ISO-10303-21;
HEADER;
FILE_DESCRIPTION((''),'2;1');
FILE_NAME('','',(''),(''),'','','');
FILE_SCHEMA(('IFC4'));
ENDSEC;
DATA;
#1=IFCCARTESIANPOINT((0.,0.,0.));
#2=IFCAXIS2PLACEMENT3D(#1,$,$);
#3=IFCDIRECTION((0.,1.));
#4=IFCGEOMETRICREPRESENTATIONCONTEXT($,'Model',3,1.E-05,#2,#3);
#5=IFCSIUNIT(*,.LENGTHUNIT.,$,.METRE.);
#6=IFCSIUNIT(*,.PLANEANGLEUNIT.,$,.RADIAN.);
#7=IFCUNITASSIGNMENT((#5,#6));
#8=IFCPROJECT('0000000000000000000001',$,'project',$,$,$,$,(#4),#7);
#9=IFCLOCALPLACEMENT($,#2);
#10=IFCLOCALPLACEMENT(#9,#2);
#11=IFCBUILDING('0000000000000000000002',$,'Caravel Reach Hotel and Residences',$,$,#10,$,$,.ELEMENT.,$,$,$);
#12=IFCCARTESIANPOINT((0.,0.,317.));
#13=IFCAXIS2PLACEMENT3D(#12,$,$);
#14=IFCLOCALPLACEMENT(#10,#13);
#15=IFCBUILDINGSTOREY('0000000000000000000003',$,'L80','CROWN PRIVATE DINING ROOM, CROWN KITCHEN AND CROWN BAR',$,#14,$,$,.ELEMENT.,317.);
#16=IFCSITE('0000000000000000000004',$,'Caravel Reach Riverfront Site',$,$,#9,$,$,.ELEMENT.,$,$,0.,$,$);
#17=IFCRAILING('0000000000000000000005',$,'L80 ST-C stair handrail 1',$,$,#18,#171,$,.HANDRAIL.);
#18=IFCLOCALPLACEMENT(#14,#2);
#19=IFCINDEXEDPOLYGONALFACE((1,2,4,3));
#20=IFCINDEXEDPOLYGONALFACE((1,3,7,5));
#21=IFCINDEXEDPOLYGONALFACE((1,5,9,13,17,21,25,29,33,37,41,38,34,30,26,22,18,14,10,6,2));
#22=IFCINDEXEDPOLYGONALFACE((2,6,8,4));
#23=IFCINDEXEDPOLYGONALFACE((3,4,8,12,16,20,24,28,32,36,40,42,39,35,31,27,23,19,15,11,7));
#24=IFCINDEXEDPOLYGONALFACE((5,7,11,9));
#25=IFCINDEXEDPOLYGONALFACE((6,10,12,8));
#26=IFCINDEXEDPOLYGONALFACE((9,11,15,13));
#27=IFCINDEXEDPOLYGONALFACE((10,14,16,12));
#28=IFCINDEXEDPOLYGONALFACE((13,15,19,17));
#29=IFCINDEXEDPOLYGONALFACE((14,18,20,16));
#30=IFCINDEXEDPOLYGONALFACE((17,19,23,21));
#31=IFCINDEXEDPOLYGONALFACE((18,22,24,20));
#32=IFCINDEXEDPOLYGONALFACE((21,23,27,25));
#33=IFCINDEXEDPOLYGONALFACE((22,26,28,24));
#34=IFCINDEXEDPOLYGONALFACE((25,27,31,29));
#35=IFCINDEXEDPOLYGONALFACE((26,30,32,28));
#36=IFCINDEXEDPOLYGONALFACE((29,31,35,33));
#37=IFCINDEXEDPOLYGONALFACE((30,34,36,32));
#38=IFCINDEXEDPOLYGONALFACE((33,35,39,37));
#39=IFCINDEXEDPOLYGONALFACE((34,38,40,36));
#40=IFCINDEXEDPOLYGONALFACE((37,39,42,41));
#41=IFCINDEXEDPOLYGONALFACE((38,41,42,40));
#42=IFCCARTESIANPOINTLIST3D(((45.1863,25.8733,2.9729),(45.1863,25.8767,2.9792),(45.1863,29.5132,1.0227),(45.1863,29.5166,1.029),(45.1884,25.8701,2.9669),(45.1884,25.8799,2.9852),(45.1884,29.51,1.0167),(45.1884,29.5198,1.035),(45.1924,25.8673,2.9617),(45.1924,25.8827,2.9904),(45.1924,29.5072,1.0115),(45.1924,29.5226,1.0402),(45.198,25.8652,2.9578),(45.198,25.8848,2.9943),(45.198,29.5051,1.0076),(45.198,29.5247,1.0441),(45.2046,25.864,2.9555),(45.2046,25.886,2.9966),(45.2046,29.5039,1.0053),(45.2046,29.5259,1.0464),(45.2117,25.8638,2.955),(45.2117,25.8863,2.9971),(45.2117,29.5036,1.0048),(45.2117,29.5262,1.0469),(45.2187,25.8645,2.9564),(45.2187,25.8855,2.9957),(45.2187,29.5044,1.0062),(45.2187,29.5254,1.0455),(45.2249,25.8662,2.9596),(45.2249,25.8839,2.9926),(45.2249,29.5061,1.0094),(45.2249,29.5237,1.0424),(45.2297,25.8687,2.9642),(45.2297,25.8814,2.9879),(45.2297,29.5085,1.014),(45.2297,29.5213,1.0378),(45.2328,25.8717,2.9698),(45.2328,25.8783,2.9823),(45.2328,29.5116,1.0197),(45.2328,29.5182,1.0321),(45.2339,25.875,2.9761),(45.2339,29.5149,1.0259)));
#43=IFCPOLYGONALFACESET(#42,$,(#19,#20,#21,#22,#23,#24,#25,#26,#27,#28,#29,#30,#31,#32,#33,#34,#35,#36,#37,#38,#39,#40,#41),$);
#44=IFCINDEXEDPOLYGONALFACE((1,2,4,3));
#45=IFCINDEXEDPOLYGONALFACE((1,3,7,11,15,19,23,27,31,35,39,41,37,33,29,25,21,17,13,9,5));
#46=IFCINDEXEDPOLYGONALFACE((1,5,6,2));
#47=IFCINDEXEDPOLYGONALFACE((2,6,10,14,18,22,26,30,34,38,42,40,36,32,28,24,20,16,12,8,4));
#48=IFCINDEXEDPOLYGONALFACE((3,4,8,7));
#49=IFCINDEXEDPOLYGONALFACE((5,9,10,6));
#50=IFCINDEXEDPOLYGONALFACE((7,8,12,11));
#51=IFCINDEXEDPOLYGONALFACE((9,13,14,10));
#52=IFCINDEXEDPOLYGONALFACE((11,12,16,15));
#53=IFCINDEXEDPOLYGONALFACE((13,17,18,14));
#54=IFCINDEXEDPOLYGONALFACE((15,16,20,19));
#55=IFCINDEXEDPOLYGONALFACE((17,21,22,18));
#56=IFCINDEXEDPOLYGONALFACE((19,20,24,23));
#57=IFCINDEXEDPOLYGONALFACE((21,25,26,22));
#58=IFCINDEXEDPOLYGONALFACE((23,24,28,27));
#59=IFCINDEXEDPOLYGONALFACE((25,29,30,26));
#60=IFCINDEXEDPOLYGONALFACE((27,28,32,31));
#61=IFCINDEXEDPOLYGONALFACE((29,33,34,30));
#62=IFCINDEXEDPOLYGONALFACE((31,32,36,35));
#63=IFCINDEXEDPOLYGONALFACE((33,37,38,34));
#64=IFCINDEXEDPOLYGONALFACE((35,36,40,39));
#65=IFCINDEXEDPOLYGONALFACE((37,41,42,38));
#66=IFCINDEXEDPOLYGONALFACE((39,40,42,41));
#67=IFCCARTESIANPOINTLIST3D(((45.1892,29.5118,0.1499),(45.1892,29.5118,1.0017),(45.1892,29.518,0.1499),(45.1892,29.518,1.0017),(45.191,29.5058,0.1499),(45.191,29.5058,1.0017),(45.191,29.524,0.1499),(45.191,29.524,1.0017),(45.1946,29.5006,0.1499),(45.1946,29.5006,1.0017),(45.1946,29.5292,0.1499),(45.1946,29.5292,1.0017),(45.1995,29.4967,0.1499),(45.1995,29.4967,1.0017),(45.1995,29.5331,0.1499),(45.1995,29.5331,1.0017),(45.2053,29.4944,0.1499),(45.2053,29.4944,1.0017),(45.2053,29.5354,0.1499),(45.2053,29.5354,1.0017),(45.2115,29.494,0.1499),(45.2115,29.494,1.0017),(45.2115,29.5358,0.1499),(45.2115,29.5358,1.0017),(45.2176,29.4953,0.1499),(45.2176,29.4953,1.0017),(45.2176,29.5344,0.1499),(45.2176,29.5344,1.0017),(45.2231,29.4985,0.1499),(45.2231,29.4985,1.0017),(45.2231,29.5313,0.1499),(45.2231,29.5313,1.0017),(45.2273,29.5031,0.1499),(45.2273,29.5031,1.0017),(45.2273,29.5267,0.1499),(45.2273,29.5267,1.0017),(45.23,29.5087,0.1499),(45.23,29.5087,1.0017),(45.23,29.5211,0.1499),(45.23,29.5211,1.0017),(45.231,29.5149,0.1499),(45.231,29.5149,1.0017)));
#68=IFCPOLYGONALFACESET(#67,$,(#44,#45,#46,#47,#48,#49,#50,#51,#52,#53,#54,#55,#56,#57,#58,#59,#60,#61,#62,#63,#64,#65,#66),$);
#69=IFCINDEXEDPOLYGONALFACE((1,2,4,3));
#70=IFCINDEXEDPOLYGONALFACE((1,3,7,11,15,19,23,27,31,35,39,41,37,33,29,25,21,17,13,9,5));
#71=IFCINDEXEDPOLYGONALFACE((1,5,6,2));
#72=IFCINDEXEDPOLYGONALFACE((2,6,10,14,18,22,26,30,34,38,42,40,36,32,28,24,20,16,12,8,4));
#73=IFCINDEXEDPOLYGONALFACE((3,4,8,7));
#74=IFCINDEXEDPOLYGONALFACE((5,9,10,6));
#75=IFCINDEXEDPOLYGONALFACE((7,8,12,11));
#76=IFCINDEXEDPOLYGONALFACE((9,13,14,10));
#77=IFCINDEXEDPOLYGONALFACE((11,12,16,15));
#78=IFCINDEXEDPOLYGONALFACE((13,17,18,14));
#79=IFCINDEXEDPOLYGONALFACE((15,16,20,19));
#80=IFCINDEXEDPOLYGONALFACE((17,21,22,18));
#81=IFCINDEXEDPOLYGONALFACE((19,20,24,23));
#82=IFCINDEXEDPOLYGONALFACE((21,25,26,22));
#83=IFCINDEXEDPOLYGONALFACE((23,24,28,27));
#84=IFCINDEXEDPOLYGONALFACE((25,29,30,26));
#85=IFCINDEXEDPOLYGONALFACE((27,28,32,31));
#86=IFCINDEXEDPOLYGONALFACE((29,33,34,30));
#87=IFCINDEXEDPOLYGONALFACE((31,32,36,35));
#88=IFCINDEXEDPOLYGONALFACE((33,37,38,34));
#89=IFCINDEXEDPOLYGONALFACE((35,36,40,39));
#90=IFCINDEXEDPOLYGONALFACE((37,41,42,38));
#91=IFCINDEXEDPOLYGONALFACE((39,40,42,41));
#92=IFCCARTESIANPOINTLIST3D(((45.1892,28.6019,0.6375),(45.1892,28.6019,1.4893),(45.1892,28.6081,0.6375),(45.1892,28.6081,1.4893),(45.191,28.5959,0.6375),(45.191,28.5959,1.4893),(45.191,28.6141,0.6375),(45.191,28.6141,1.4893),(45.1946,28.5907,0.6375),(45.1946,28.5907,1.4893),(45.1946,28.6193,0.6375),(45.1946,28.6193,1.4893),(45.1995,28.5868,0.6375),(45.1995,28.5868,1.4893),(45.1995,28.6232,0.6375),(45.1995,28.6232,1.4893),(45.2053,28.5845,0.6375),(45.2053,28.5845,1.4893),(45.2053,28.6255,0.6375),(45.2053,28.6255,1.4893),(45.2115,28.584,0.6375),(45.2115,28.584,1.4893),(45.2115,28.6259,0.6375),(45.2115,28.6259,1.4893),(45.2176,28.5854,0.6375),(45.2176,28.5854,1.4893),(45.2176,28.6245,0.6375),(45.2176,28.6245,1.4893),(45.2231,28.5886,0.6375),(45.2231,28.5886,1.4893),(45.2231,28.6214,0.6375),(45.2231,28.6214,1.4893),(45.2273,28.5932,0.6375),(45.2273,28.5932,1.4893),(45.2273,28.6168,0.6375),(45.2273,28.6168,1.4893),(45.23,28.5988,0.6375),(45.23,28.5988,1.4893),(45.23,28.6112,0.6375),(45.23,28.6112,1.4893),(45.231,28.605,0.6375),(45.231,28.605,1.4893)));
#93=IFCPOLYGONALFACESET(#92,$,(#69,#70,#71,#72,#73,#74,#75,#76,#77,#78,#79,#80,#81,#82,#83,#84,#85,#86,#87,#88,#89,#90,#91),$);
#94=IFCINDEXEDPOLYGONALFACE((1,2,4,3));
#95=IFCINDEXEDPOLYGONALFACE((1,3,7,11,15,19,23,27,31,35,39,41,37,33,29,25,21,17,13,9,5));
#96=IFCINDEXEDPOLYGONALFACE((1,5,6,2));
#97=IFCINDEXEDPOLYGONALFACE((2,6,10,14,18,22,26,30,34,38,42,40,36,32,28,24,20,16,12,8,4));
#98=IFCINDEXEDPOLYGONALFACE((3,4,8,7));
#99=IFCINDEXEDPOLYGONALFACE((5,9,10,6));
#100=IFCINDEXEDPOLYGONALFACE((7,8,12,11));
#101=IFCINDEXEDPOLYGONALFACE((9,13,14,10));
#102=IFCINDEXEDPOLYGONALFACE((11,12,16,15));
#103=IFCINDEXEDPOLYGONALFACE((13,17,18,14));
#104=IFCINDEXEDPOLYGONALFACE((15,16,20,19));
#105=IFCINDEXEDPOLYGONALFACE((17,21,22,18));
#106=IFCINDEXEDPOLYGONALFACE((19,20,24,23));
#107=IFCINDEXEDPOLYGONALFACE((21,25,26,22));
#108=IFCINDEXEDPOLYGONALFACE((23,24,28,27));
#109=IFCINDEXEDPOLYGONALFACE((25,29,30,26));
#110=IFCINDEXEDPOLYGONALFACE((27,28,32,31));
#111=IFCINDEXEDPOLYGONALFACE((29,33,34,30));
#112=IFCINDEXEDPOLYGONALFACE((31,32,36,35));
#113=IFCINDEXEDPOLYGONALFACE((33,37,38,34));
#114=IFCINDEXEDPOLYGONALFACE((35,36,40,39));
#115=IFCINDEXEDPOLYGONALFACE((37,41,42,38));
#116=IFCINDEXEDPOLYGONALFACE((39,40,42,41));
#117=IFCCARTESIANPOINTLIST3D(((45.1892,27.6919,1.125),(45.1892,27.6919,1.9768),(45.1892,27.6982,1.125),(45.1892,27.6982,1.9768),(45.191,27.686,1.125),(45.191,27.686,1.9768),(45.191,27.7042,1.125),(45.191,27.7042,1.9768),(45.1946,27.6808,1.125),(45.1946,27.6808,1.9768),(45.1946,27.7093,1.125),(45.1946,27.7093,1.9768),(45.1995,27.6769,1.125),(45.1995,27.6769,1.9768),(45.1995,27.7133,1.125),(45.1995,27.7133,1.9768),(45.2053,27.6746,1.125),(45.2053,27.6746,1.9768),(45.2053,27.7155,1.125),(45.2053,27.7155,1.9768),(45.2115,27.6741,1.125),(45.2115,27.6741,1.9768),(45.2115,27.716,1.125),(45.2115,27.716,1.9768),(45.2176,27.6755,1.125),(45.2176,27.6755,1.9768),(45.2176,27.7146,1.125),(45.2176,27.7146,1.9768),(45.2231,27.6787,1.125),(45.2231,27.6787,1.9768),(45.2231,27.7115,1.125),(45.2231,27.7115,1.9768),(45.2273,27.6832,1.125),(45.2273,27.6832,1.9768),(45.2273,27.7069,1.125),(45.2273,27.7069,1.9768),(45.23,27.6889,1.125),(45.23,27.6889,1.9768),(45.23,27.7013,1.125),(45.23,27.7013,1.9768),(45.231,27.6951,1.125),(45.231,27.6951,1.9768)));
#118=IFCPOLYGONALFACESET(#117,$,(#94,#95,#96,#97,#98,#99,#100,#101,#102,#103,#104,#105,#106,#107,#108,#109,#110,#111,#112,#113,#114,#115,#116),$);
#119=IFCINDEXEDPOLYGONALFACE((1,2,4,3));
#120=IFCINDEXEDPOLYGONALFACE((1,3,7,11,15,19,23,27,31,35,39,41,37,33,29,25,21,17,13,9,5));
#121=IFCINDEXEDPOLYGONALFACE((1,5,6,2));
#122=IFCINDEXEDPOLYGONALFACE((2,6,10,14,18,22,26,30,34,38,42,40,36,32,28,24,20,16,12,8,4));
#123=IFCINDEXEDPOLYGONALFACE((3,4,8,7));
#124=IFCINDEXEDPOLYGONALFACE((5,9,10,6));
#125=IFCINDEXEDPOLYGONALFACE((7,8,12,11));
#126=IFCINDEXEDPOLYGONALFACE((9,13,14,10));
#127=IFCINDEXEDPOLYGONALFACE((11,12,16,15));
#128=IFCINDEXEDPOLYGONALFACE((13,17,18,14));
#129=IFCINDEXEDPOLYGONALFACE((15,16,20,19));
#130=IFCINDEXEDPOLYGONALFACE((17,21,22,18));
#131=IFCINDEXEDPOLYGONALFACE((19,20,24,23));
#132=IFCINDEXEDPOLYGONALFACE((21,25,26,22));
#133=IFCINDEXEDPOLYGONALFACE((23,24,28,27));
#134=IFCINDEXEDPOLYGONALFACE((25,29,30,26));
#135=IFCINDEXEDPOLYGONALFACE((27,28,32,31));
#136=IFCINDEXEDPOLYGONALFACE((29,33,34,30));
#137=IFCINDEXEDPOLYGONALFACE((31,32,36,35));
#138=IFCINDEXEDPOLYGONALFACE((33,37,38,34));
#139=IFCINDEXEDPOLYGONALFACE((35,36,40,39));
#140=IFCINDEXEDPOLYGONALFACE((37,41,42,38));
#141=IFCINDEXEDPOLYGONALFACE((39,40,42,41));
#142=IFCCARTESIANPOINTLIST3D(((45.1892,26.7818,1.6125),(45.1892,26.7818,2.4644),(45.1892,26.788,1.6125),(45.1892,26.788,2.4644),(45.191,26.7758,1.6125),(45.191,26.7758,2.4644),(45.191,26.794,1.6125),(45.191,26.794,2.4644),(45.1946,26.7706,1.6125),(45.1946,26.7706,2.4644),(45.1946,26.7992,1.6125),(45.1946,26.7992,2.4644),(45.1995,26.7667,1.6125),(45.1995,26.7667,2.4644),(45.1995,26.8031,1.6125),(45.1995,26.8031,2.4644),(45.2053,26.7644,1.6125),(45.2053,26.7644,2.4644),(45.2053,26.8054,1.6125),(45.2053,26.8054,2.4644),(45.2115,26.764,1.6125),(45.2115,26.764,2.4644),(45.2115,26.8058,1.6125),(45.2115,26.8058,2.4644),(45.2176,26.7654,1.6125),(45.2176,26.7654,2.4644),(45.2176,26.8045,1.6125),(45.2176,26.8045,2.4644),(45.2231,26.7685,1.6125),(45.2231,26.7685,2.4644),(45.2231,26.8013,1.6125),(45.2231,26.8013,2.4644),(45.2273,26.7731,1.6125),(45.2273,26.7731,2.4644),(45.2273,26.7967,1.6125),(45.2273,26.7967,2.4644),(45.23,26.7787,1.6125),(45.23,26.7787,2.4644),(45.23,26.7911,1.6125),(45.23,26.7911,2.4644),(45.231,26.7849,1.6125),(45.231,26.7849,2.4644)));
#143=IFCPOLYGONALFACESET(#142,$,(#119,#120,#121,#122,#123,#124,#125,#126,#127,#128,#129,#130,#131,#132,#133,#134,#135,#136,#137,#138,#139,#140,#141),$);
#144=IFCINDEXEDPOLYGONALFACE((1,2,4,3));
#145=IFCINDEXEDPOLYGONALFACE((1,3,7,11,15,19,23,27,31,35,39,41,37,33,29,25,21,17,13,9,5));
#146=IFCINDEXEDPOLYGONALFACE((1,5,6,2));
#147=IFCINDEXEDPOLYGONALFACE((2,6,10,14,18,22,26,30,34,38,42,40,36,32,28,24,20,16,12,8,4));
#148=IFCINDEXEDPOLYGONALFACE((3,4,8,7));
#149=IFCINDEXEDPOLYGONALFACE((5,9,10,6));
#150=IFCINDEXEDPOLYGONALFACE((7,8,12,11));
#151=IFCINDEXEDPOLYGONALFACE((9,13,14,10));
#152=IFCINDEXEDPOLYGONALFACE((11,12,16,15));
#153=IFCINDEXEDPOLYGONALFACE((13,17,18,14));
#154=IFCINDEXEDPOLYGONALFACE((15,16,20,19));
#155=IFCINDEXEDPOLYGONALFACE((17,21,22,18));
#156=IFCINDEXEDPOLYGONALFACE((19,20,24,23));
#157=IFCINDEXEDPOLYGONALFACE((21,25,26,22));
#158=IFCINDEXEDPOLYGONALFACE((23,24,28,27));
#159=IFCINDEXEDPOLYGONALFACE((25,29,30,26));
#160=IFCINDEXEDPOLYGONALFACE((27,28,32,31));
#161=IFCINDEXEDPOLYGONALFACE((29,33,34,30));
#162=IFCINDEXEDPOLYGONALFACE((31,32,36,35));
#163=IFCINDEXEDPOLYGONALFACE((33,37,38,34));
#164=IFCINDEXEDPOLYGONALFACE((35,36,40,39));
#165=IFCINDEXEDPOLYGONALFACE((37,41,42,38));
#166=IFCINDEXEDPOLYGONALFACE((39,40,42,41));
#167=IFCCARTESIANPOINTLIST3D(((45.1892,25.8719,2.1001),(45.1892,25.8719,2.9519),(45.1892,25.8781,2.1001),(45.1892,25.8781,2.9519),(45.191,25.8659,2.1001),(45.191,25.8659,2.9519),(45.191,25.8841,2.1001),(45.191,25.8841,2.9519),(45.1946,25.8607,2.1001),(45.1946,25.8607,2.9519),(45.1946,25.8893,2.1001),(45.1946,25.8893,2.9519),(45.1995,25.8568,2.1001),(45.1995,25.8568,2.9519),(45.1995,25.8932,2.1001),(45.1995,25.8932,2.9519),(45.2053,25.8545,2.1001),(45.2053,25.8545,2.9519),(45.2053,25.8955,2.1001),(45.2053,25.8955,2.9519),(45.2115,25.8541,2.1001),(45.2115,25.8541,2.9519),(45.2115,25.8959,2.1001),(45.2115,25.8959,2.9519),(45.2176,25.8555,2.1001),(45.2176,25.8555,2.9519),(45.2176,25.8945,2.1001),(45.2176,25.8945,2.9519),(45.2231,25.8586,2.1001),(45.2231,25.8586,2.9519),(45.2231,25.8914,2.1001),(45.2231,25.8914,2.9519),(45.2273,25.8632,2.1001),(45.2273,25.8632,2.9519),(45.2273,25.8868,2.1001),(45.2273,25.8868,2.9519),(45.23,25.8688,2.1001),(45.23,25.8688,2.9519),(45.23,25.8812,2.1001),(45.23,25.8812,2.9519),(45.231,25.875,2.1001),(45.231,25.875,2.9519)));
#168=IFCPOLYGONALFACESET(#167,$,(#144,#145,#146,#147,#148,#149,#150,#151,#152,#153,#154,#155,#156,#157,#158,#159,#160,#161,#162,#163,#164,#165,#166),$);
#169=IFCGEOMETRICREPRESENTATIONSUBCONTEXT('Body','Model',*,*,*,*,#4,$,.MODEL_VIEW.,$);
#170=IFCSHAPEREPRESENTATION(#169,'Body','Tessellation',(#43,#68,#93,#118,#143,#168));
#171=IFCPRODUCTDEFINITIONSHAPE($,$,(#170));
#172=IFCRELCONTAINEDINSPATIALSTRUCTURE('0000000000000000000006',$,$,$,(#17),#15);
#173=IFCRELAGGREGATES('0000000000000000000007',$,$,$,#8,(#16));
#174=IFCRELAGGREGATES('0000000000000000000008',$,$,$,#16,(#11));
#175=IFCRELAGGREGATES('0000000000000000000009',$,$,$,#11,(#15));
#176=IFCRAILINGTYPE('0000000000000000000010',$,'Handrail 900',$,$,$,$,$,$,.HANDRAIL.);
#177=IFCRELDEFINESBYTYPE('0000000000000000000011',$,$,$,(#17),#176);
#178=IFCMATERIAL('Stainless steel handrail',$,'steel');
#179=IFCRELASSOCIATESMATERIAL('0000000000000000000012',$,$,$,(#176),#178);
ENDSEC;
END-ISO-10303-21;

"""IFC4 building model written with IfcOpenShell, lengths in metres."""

from ifc_helpers import new_model, si_unit, direction, frame, origin, origin_2d, place, context, subcontext, project, spatial, circle, extrude, material, type_object, element, save


model = new_model("IFC4")

# Units and contexts
model_context = context("Model", 3, precision=1e-05, world=origin(), true_north=direction((0.0, 1.0)))
body_context = subcontext(model_context, "Body", "Model", "MODEL_VIEW")
ifc_project = project(units=[si_unit("LENGTHUNIT", "METRE"), si_unit("PLANEANGLEUNIT", "RADIAN")], contexts=[model_context])

# Site, building, storey
site_placement = place(None, origin())
site = spatial("IfcSite", under=ifc_project, at=site_placement, Name="Caravel Reach Riverfront Site", CompositionType="ELEMENT", RefElevation=0.0)
building_placement = place(site_placement, origin())
building = spatial("IfcBuilding", under=site, at=building_placement, Name="Caravel Reach Hotel and Residences", CompositionType="ELEMENT")
storey_placement = place(building_placement, frame((0.0, 0.0, 317.0)))
storey = spatial("IfcBuildingStorey", under=building, at=storey_placement, Name="L80", Description="CROWN PRIVATE DINING ROOM, CROWN KITCHEN AND CROWN BAR", CompositionType="ELEMENT", Elevation=317.0)

# Railing
ifc_material_1 = material(Name="Stainless steel handrail", Category="steel")
railing_type_1 = type_object("IfcRailingType", Name="Handrail 900", PredefinedType="HANDRAIL", material=ifc_material_1)
railing_1_placement = place(storey_placement, frame((45.21, 29.5149, 0.1499)))
element("IfcRailing", 1, at=railing_1_placement, inside=storey, type_object=railing_type_1, Name="L80 ST-C stair handrail 1", PredefinedType="HANDRAIL", context=body_context, shape_type="SweptSolid", body=[
    extrude(circle(Radius=0.0239, at=origin_2d()), frame((0.0, 0.0, 0.876), z_axis=(0.0, -0.881454, 0.472269), x_axis=(1.0, 0.0, 0.0)), (0.0, 0.0, 1.0), 4.1294),
    extrude(circle(Radius=0.021, at=origin_2d()), origin(), (0.0, 0.0, 1.0), 0.8518),
    extrude(circle(Radius=0.021, at=origin_2d()), frame((0.0, -0.9099, 0.4875)), (0.0, 0.0, 1.0), 0.8518),
    extrude(circle(Radius=0.021, at=origin_2d()), frame((0.0, -1.8198, 0.9751)), (0.0, 0.0, 1.0), 0.8518),
    extrude(circle(Radius=0.021, at=origin_2d()), frame((0.0, -2.73, 1.4626)), (0.0, 0.0, 1.0), 0.8518),
    extrude(circle(Radius=0.021, at=origin_2d()), frame((0.0, -3.6399, 1.9502)), (0.0, 0.0, 1.0), 0.8518),
])

save(model, "model.ifc")
